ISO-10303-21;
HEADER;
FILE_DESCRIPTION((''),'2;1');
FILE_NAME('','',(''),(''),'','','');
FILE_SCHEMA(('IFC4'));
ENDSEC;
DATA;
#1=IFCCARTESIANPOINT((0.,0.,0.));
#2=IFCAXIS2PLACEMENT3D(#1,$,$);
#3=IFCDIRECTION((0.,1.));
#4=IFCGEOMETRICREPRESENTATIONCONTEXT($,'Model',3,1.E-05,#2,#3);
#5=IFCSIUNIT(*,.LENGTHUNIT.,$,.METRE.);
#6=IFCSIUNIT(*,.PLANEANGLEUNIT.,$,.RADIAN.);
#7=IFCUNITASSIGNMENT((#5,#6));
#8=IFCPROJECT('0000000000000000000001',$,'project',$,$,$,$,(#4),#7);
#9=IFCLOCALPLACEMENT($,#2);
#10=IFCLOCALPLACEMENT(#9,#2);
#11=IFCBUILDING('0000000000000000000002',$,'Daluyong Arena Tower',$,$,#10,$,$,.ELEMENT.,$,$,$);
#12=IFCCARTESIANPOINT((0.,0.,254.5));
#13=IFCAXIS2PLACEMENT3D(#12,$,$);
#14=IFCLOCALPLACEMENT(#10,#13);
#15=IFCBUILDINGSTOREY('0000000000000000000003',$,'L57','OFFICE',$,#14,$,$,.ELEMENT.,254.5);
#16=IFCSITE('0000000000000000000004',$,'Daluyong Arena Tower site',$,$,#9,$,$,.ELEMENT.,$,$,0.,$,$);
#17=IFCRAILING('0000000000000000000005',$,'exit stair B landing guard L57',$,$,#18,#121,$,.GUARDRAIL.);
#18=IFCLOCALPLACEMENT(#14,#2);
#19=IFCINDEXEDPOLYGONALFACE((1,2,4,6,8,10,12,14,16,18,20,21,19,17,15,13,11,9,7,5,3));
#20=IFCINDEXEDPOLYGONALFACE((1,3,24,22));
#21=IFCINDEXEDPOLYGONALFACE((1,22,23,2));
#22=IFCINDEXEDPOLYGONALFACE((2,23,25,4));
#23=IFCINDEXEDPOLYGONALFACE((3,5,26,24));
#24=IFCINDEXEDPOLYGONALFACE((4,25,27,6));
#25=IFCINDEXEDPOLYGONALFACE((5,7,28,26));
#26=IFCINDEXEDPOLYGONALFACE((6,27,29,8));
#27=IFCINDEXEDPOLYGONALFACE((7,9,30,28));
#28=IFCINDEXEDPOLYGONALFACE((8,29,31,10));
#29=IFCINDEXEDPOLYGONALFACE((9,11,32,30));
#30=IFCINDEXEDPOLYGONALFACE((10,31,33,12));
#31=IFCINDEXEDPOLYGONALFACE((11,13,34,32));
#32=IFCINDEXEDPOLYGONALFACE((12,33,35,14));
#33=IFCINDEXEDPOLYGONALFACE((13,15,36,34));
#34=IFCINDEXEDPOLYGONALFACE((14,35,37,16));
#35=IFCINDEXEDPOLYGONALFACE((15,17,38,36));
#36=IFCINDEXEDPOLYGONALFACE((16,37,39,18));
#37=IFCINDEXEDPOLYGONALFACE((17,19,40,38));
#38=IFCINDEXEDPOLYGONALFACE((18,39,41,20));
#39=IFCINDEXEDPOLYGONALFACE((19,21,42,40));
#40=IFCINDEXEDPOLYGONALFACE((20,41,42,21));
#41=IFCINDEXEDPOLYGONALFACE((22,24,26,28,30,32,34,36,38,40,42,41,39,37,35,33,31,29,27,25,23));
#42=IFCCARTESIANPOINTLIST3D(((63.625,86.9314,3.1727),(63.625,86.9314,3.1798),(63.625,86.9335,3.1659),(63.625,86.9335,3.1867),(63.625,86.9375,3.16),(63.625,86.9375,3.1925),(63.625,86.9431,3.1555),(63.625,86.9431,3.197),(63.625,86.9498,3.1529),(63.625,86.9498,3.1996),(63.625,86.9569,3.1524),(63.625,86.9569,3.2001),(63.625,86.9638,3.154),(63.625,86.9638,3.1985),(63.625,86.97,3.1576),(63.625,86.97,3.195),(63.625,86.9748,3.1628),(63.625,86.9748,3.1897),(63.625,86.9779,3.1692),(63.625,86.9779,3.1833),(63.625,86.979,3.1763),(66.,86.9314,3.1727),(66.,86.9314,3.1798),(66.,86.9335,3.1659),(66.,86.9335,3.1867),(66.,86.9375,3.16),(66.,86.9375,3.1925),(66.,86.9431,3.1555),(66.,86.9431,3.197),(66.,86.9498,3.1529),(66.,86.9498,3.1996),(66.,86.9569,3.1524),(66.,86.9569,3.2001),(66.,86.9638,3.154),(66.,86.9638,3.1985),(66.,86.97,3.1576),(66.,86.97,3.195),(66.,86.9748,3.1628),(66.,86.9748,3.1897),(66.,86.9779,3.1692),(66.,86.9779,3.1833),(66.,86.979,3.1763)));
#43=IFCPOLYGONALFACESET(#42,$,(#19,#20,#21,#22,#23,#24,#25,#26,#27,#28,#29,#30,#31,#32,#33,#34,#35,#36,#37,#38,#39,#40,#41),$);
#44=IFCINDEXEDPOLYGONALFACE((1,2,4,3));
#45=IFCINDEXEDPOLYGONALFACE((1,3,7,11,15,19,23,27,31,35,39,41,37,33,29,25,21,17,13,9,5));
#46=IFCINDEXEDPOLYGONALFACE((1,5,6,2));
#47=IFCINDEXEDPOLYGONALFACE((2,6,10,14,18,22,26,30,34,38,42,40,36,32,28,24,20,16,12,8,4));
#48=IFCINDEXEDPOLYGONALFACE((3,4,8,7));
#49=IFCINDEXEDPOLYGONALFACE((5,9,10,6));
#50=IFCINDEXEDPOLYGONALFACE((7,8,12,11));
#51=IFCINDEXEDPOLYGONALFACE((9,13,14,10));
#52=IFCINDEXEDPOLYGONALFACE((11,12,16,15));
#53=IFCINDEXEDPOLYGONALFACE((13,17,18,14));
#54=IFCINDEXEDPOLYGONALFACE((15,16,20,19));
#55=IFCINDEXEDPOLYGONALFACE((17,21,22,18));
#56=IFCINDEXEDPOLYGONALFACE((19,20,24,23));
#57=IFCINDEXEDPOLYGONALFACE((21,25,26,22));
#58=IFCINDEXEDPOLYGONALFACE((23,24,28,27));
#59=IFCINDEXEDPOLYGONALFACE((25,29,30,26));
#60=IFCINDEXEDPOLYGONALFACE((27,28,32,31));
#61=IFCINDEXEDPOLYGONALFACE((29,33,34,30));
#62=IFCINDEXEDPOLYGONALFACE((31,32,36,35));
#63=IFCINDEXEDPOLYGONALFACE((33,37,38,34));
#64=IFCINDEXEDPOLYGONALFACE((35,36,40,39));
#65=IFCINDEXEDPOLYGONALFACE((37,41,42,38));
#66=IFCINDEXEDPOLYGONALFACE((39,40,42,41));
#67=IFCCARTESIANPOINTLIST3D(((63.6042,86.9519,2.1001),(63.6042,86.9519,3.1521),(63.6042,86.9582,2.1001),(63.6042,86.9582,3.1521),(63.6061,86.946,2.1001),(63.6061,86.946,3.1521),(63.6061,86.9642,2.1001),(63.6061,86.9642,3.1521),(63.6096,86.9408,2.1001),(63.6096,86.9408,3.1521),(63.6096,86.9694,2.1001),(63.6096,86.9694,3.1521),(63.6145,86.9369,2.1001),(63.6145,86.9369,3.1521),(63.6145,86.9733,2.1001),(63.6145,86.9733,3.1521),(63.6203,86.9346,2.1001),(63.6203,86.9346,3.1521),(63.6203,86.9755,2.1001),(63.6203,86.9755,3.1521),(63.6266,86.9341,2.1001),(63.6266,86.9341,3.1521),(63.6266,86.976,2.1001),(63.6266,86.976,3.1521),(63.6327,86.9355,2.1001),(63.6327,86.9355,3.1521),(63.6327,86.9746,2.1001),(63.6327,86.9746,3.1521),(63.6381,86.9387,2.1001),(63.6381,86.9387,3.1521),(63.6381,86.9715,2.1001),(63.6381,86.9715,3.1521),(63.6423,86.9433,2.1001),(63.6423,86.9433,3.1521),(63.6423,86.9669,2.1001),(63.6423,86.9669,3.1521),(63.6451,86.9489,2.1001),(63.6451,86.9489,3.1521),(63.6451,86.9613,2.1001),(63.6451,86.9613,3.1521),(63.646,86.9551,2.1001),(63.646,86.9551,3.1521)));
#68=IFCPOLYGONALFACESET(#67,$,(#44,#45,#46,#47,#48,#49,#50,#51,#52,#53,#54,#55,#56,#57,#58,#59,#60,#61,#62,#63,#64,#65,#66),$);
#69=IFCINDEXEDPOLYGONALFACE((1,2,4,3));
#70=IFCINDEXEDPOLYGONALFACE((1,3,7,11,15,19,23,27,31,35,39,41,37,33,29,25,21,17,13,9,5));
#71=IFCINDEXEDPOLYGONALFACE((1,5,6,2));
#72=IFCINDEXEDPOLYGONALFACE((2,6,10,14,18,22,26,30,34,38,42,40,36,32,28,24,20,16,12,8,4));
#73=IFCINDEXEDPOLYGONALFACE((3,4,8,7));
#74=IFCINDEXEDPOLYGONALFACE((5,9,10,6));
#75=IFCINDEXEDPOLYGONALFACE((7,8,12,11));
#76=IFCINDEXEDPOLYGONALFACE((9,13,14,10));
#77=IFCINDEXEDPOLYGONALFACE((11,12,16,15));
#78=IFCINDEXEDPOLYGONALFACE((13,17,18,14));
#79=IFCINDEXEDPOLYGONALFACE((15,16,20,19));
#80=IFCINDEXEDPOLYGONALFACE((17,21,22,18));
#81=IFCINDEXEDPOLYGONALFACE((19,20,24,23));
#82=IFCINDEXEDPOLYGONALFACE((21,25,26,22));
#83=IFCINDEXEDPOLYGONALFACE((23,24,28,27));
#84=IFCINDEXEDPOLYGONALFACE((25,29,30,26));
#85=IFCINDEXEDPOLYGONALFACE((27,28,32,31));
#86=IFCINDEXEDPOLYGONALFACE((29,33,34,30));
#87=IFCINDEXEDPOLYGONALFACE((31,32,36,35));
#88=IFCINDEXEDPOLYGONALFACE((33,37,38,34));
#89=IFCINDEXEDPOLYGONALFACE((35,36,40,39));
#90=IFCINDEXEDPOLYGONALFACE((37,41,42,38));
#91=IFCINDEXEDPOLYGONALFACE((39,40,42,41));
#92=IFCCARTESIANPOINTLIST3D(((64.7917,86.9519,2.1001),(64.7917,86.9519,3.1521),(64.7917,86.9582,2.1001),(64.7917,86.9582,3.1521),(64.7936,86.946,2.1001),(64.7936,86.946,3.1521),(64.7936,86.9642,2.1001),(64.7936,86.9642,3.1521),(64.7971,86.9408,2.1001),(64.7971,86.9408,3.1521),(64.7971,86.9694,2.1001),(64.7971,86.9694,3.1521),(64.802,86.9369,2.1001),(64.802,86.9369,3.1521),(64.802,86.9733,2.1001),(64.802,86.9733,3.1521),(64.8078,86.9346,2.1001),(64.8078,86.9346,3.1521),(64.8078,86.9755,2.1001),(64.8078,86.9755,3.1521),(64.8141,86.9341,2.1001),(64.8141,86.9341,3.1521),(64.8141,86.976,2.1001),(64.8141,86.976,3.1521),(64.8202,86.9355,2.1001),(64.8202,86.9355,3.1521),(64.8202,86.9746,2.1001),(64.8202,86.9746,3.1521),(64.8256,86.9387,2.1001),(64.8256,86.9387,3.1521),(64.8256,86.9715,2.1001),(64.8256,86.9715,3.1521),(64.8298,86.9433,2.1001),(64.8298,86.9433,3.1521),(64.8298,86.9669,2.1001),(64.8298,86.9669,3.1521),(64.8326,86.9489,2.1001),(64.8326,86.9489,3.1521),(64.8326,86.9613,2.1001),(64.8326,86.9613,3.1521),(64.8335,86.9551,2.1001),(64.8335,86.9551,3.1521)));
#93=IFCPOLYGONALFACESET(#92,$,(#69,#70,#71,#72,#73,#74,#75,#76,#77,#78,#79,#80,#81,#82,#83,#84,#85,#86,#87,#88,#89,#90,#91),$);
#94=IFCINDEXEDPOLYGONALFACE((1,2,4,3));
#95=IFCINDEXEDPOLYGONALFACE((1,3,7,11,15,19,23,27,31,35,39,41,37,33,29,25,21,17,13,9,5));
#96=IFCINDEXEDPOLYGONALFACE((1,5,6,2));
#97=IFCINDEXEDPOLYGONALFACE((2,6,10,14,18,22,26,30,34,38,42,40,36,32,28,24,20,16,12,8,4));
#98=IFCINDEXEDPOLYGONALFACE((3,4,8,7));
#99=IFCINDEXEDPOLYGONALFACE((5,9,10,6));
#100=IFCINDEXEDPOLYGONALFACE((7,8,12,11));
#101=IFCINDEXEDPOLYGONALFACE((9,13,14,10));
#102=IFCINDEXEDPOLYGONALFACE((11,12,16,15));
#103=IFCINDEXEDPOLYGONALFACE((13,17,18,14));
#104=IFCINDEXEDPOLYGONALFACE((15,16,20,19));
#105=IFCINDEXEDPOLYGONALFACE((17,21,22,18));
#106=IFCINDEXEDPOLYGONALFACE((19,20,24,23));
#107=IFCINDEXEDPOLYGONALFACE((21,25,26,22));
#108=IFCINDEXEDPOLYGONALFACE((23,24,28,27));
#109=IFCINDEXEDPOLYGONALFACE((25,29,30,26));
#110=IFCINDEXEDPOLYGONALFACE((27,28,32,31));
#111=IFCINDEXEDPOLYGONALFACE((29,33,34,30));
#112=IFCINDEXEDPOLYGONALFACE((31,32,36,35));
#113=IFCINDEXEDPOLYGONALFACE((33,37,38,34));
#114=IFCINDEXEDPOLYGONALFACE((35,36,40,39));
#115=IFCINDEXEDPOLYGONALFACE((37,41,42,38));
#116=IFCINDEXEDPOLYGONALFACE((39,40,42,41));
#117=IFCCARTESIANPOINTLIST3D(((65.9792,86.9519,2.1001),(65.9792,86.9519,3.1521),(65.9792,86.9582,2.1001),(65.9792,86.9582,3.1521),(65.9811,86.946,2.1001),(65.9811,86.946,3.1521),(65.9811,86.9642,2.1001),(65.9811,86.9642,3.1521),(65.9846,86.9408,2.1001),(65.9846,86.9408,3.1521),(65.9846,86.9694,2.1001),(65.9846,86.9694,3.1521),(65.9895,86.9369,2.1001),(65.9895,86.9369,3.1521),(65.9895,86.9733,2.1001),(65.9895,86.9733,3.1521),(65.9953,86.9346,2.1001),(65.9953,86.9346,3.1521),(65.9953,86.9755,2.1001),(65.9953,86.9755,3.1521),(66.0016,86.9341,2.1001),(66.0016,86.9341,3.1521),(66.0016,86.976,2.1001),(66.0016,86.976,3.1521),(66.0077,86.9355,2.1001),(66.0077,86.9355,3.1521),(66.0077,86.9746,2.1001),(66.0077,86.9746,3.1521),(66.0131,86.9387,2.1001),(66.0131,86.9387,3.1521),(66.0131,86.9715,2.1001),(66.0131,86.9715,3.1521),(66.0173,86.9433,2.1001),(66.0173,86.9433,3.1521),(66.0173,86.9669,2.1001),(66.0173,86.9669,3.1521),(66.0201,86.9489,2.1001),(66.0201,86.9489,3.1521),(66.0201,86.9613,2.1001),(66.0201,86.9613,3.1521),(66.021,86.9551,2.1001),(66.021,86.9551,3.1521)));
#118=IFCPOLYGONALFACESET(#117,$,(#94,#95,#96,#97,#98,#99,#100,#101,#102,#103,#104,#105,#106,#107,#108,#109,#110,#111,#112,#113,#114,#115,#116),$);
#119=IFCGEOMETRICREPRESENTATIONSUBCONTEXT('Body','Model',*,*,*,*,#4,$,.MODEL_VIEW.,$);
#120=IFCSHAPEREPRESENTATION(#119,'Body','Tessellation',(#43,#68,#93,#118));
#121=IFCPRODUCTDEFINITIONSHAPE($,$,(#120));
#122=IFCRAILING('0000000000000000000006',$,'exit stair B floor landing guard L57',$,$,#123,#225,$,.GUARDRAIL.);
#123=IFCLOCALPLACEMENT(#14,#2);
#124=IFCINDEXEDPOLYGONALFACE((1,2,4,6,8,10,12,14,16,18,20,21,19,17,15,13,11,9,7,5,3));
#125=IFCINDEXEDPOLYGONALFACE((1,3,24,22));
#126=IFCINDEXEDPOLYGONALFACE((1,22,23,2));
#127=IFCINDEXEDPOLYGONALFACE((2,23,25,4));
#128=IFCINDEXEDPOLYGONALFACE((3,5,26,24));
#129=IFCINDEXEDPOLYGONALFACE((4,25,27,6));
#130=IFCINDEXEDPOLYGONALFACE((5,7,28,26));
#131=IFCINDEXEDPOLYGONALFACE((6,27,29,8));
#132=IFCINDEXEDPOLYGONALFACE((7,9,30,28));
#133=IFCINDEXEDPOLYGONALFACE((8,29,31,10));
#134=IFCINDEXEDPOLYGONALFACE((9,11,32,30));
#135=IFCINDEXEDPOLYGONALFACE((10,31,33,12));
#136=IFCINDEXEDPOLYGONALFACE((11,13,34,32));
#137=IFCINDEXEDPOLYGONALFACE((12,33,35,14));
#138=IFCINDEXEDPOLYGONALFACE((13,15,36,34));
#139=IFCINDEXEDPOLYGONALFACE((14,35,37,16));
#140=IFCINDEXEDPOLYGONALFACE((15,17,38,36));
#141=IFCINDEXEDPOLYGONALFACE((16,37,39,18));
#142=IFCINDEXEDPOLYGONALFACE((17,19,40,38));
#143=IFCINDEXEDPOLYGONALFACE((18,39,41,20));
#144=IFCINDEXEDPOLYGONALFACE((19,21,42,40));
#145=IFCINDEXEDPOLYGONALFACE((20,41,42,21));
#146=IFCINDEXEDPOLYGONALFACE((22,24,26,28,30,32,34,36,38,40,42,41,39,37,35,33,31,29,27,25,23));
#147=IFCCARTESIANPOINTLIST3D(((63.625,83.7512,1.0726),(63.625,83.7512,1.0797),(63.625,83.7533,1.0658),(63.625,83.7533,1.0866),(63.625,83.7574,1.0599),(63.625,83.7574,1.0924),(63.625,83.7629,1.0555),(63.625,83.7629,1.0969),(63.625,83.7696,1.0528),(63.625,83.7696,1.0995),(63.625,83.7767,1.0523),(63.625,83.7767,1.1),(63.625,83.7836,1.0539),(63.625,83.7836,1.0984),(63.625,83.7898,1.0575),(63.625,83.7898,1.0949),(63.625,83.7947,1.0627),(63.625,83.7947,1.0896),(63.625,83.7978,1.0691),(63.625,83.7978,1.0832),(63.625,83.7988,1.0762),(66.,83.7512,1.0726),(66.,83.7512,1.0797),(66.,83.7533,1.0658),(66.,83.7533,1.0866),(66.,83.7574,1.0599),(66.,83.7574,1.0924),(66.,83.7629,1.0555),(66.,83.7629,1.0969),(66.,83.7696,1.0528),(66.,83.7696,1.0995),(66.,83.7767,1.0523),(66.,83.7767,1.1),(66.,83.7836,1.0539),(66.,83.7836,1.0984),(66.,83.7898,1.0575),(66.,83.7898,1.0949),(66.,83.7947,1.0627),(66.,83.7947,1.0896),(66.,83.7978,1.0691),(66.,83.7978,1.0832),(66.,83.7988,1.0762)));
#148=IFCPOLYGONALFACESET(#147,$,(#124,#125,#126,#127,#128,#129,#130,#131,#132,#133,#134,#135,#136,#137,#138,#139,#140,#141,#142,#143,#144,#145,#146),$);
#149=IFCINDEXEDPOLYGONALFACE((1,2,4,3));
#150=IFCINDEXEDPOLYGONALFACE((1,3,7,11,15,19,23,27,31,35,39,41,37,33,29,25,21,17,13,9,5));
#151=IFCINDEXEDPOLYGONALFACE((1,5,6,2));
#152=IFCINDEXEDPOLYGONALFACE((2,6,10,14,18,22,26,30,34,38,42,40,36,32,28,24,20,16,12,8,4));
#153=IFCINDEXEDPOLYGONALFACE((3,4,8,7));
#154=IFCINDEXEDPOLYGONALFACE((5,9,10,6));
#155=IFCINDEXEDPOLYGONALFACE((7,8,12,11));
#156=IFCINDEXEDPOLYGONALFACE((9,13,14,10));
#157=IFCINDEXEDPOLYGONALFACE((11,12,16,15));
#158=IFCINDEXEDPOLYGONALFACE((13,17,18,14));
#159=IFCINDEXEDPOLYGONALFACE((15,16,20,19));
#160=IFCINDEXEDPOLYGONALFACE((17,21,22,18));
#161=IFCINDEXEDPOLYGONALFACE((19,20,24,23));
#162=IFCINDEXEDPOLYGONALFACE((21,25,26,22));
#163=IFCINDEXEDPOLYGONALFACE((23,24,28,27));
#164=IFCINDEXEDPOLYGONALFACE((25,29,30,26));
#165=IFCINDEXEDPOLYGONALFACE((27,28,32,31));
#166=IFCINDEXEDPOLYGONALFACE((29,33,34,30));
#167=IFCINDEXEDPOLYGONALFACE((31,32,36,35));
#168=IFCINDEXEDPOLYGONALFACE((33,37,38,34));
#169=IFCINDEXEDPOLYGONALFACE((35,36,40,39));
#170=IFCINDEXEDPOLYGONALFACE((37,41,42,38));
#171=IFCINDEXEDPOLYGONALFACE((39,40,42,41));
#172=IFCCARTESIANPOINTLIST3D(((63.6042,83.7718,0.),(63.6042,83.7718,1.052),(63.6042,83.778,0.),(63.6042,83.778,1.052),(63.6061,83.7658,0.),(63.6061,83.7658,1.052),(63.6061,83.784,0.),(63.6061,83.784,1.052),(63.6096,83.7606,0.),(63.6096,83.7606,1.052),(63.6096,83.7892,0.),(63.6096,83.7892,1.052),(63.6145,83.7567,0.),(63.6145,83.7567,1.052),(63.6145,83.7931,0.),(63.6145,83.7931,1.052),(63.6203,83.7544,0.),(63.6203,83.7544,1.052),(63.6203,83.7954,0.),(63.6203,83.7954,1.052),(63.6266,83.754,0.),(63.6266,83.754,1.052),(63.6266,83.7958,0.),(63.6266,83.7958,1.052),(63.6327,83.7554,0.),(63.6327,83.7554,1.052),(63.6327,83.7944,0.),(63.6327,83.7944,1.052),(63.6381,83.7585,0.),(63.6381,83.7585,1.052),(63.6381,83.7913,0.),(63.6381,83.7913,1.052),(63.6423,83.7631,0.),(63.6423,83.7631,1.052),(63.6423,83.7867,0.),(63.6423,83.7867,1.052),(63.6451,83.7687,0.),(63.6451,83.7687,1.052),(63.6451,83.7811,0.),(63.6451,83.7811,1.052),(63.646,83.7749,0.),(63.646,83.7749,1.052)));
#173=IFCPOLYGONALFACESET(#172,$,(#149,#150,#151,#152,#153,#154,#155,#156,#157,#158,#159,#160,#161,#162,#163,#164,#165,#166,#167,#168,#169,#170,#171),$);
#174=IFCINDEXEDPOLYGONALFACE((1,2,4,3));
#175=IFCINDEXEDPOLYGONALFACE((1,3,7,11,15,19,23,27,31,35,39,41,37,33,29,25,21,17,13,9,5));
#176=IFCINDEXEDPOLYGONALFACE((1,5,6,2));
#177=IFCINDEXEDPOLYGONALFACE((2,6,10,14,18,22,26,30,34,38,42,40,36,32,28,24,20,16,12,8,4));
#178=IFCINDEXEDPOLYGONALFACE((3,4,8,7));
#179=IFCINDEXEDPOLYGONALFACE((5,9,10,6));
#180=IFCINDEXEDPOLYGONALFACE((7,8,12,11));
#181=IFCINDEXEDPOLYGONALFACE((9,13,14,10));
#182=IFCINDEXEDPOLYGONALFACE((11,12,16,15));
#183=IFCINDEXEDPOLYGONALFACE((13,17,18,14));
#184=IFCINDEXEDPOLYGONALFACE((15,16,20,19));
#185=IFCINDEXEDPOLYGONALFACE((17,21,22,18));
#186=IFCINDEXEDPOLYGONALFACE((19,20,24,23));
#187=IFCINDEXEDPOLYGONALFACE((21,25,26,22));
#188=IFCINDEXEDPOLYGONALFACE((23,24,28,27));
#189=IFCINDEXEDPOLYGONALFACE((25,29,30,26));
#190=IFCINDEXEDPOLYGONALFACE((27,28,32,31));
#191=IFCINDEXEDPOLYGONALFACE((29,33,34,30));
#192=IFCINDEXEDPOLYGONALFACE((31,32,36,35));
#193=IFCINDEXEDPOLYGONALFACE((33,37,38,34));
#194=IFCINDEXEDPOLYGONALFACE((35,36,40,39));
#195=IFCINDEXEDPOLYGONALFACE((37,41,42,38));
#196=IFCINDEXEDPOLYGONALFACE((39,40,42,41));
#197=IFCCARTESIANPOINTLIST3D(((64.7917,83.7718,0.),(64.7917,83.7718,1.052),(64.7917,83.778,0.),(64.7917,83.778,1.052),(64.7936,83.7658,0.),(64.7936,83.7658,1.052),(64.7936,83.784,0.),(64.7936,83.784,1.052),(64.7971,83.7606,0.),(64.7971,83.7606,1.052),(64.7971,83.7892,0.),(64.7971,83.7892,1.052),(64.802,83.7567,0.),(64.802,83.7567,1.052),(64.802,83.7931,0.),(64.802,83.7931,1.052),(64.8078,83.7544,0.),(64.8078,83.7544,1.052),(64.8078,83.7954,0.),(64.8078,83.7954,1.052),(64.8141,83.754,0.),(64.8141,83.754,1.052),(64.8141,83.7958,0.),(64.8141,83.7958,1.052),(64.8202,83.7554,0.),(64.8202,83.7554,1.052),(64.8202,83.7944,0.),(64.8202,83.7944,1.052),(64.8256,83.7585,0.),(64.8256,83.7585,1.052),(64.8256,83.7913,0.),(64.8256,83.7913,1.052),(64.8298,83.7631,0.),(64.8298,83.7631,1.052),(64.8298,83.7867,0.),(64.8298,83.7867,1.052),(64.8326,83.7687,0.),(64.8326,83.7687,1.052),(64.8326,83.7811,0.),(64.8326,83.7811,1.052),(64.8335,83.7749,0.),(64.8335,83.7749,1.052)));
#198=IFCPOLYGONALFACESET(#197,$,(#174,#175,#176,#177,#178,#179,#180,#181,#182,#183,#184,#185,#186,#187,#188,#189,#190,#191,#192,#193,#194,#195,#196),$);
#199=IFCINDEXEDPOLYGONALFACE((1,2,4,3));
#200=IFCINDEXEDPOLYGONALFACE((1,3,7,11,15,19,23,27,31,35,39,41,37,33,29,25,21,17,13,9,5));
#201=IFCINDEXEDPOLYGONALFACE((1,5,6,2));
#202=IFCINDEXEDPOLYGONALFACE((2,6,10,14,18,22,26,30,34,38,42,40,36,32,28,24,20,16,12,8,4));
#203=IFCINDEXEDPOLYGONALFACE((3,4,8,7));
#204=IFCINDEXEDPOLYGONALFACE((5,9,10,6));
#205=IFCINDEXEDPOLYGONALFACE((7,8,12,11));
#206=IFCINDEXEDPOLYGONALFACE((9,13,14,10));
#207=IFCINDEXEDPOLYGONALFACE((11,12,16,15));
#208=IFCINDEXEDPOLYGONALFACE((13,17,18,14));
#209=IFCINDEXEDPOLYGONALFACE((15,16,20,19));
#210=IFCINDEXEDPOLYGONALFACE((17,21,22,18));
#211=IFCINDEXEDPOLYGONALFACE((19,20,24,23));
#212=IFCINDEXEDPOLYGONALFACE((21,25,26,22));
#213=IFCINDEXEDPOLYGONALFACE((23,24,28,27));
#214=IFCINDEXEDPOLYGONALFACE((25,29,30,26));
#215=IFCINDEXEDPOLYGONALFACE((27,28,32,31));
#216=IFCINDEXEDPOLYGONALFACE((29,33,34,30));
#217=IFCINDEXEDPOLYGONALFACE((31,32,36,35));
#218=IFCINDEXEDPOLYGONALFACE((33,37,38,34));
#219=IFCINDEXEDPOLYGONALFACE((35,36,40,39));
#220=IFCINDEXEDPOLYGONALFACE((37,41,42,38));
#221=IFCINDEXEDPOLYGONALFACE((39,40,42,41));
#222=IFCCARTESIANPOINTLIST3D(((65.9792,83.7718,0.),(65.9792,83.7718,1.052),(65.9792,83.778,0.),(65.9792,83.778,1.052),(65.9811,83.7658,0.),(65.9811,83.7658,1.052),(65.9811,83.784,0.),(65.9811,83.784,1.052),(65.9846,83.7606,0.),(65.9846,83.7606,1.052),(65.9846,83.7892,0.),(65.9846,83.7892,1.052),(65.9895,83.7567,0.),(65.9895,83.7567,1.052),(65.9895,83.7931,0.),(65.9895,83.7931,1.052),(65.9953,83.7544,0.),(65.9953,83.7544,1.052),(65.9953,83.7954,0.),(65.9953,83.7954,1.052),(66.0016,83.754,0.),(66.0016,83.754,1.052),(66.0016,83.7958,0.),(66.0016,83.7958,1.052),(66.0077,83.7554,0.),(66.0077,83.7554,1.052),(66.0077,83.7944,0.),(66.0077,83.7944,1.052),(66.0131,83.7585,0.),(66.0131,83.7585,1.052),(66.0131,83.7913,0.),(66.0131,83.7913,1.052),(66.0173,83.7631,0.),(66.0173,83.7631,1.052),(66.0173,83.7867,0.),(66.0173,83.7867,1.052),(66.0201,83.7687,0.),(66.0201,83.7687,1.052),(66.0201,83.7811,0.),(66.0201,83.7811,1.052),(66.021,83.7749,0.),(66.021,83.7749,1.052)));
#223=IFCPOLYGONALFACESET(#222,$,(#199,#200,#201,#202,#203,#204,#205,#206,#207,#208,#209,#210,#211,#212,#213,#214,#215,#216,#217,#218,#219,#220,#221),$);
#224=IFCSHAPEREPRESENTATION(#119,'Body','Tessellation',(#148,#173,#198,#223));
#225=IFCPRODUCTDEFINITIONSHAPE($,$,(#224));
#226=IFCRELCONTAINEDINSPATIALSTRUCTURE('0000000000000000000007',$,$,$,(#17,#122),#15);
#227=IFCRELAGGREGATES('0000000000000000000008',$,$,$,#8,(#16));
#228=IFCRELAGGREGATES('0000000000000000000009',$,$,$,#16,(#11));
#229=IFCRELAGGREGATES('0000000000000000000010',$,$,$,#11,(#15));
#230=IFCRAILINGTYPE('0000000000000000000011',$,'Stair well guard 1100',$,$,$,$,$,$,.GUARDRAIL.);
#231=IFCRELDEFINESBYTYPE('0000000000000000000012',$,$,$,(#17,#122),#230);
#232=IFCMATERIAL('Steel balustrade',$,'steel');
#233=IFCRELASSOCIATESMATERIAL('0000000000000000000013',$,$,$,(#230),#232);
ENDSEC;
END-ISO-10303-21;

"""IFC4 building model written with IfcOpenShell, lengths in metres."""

from ifc_helpers import new_model, si_unit, direction, frame, origin, origin_2d, place, context, subcontext, project, spatial, circle, extrude, material, type_object, element, save


model = new_model("IFC4")

# Units and contexts
model_context = context("Model", 3, precision=1e-05, world=origin(), true_north=direction((0.0, 1.0)))
body_context = subcontext(model_context, "Body", "Model", "MODEL_VIEW")
ifc_project = project(units=[si_unit("LENGTHUNIT", "METRE"), si_unit("PLANEANGLEUNIT", "RADIAN")], contexts=[model_context])

# Site, building, storey
site_placement = place(None, origin())
site = spatial("IfcSite", under=ifc_project, at=site_placement, Name="Daluyong Arena Tower site", CompositionType="ELEMENT", RefElevation=0.0)
building_placement = place(site_placement, origin())
building = spatial("IfcBuilding", under=site, at=building_placement, Name="Daluyong Arena Tower", CompositionType="ELEMENT")
storey_placement = place(building_placement, frame((0.0, 0.0, 254.5)))
storey = spatial("IfcBuildingStorey", under=building, at=storey_placement, Name="L57", Description="OFFICE", CompositionType="ELEMENT", Elevation=254.5)

# Railings
ifc_material_1 = material(Name="Steel balustrade", Category="steel")
railing_type_1 = type_object("IfcRailingType", Name="Stair well guard 1100", PredefinedType="GUARDRAIL", material=ifc_material_1)
for number, where, name in (
    (1, (63.625, 86.9551, 2.1001), "exit stair B landing guard L57"),
    (2, (63.625, 83.7749, 0.0), "exit stair B floor landing guard L57"),
):
    element("IfcRailing", number, at=place(storey_placement, frame(where)), inside=storey, type_object=railing_type_1, Name=name, PredefinedType="GUARDRAIL", context=body_context, shape_type="SweptSolid", body=[
        extrude(circle(Radius=0.0239, at=origin_2d()), frame((0.0, 0.0, 1.0762), z_axis=(1.0, 0.0, 0.0), x_axis=(0.0, 1.0, 0.0)), (0.0, 0.0, 1.0), 2.375),
        extrude(circle(Radius=0.021, at=origin_2d()), origin(), (0.0, 0.0, 1.0), 1.052),
        extrude(circle(Radius=0.021, at=origin_2d()), frame((1.1875, 0.0, 0.0)), (0.0, 0.0, 1.0), 1.052),
        extrude(circle(Radius=0.021, at=origin_2d()), frame((2.375, 0.0, 0.0)), (0.0, 0.0, 1.0), 1.052),
    ])

save(model, "model.ifc")
